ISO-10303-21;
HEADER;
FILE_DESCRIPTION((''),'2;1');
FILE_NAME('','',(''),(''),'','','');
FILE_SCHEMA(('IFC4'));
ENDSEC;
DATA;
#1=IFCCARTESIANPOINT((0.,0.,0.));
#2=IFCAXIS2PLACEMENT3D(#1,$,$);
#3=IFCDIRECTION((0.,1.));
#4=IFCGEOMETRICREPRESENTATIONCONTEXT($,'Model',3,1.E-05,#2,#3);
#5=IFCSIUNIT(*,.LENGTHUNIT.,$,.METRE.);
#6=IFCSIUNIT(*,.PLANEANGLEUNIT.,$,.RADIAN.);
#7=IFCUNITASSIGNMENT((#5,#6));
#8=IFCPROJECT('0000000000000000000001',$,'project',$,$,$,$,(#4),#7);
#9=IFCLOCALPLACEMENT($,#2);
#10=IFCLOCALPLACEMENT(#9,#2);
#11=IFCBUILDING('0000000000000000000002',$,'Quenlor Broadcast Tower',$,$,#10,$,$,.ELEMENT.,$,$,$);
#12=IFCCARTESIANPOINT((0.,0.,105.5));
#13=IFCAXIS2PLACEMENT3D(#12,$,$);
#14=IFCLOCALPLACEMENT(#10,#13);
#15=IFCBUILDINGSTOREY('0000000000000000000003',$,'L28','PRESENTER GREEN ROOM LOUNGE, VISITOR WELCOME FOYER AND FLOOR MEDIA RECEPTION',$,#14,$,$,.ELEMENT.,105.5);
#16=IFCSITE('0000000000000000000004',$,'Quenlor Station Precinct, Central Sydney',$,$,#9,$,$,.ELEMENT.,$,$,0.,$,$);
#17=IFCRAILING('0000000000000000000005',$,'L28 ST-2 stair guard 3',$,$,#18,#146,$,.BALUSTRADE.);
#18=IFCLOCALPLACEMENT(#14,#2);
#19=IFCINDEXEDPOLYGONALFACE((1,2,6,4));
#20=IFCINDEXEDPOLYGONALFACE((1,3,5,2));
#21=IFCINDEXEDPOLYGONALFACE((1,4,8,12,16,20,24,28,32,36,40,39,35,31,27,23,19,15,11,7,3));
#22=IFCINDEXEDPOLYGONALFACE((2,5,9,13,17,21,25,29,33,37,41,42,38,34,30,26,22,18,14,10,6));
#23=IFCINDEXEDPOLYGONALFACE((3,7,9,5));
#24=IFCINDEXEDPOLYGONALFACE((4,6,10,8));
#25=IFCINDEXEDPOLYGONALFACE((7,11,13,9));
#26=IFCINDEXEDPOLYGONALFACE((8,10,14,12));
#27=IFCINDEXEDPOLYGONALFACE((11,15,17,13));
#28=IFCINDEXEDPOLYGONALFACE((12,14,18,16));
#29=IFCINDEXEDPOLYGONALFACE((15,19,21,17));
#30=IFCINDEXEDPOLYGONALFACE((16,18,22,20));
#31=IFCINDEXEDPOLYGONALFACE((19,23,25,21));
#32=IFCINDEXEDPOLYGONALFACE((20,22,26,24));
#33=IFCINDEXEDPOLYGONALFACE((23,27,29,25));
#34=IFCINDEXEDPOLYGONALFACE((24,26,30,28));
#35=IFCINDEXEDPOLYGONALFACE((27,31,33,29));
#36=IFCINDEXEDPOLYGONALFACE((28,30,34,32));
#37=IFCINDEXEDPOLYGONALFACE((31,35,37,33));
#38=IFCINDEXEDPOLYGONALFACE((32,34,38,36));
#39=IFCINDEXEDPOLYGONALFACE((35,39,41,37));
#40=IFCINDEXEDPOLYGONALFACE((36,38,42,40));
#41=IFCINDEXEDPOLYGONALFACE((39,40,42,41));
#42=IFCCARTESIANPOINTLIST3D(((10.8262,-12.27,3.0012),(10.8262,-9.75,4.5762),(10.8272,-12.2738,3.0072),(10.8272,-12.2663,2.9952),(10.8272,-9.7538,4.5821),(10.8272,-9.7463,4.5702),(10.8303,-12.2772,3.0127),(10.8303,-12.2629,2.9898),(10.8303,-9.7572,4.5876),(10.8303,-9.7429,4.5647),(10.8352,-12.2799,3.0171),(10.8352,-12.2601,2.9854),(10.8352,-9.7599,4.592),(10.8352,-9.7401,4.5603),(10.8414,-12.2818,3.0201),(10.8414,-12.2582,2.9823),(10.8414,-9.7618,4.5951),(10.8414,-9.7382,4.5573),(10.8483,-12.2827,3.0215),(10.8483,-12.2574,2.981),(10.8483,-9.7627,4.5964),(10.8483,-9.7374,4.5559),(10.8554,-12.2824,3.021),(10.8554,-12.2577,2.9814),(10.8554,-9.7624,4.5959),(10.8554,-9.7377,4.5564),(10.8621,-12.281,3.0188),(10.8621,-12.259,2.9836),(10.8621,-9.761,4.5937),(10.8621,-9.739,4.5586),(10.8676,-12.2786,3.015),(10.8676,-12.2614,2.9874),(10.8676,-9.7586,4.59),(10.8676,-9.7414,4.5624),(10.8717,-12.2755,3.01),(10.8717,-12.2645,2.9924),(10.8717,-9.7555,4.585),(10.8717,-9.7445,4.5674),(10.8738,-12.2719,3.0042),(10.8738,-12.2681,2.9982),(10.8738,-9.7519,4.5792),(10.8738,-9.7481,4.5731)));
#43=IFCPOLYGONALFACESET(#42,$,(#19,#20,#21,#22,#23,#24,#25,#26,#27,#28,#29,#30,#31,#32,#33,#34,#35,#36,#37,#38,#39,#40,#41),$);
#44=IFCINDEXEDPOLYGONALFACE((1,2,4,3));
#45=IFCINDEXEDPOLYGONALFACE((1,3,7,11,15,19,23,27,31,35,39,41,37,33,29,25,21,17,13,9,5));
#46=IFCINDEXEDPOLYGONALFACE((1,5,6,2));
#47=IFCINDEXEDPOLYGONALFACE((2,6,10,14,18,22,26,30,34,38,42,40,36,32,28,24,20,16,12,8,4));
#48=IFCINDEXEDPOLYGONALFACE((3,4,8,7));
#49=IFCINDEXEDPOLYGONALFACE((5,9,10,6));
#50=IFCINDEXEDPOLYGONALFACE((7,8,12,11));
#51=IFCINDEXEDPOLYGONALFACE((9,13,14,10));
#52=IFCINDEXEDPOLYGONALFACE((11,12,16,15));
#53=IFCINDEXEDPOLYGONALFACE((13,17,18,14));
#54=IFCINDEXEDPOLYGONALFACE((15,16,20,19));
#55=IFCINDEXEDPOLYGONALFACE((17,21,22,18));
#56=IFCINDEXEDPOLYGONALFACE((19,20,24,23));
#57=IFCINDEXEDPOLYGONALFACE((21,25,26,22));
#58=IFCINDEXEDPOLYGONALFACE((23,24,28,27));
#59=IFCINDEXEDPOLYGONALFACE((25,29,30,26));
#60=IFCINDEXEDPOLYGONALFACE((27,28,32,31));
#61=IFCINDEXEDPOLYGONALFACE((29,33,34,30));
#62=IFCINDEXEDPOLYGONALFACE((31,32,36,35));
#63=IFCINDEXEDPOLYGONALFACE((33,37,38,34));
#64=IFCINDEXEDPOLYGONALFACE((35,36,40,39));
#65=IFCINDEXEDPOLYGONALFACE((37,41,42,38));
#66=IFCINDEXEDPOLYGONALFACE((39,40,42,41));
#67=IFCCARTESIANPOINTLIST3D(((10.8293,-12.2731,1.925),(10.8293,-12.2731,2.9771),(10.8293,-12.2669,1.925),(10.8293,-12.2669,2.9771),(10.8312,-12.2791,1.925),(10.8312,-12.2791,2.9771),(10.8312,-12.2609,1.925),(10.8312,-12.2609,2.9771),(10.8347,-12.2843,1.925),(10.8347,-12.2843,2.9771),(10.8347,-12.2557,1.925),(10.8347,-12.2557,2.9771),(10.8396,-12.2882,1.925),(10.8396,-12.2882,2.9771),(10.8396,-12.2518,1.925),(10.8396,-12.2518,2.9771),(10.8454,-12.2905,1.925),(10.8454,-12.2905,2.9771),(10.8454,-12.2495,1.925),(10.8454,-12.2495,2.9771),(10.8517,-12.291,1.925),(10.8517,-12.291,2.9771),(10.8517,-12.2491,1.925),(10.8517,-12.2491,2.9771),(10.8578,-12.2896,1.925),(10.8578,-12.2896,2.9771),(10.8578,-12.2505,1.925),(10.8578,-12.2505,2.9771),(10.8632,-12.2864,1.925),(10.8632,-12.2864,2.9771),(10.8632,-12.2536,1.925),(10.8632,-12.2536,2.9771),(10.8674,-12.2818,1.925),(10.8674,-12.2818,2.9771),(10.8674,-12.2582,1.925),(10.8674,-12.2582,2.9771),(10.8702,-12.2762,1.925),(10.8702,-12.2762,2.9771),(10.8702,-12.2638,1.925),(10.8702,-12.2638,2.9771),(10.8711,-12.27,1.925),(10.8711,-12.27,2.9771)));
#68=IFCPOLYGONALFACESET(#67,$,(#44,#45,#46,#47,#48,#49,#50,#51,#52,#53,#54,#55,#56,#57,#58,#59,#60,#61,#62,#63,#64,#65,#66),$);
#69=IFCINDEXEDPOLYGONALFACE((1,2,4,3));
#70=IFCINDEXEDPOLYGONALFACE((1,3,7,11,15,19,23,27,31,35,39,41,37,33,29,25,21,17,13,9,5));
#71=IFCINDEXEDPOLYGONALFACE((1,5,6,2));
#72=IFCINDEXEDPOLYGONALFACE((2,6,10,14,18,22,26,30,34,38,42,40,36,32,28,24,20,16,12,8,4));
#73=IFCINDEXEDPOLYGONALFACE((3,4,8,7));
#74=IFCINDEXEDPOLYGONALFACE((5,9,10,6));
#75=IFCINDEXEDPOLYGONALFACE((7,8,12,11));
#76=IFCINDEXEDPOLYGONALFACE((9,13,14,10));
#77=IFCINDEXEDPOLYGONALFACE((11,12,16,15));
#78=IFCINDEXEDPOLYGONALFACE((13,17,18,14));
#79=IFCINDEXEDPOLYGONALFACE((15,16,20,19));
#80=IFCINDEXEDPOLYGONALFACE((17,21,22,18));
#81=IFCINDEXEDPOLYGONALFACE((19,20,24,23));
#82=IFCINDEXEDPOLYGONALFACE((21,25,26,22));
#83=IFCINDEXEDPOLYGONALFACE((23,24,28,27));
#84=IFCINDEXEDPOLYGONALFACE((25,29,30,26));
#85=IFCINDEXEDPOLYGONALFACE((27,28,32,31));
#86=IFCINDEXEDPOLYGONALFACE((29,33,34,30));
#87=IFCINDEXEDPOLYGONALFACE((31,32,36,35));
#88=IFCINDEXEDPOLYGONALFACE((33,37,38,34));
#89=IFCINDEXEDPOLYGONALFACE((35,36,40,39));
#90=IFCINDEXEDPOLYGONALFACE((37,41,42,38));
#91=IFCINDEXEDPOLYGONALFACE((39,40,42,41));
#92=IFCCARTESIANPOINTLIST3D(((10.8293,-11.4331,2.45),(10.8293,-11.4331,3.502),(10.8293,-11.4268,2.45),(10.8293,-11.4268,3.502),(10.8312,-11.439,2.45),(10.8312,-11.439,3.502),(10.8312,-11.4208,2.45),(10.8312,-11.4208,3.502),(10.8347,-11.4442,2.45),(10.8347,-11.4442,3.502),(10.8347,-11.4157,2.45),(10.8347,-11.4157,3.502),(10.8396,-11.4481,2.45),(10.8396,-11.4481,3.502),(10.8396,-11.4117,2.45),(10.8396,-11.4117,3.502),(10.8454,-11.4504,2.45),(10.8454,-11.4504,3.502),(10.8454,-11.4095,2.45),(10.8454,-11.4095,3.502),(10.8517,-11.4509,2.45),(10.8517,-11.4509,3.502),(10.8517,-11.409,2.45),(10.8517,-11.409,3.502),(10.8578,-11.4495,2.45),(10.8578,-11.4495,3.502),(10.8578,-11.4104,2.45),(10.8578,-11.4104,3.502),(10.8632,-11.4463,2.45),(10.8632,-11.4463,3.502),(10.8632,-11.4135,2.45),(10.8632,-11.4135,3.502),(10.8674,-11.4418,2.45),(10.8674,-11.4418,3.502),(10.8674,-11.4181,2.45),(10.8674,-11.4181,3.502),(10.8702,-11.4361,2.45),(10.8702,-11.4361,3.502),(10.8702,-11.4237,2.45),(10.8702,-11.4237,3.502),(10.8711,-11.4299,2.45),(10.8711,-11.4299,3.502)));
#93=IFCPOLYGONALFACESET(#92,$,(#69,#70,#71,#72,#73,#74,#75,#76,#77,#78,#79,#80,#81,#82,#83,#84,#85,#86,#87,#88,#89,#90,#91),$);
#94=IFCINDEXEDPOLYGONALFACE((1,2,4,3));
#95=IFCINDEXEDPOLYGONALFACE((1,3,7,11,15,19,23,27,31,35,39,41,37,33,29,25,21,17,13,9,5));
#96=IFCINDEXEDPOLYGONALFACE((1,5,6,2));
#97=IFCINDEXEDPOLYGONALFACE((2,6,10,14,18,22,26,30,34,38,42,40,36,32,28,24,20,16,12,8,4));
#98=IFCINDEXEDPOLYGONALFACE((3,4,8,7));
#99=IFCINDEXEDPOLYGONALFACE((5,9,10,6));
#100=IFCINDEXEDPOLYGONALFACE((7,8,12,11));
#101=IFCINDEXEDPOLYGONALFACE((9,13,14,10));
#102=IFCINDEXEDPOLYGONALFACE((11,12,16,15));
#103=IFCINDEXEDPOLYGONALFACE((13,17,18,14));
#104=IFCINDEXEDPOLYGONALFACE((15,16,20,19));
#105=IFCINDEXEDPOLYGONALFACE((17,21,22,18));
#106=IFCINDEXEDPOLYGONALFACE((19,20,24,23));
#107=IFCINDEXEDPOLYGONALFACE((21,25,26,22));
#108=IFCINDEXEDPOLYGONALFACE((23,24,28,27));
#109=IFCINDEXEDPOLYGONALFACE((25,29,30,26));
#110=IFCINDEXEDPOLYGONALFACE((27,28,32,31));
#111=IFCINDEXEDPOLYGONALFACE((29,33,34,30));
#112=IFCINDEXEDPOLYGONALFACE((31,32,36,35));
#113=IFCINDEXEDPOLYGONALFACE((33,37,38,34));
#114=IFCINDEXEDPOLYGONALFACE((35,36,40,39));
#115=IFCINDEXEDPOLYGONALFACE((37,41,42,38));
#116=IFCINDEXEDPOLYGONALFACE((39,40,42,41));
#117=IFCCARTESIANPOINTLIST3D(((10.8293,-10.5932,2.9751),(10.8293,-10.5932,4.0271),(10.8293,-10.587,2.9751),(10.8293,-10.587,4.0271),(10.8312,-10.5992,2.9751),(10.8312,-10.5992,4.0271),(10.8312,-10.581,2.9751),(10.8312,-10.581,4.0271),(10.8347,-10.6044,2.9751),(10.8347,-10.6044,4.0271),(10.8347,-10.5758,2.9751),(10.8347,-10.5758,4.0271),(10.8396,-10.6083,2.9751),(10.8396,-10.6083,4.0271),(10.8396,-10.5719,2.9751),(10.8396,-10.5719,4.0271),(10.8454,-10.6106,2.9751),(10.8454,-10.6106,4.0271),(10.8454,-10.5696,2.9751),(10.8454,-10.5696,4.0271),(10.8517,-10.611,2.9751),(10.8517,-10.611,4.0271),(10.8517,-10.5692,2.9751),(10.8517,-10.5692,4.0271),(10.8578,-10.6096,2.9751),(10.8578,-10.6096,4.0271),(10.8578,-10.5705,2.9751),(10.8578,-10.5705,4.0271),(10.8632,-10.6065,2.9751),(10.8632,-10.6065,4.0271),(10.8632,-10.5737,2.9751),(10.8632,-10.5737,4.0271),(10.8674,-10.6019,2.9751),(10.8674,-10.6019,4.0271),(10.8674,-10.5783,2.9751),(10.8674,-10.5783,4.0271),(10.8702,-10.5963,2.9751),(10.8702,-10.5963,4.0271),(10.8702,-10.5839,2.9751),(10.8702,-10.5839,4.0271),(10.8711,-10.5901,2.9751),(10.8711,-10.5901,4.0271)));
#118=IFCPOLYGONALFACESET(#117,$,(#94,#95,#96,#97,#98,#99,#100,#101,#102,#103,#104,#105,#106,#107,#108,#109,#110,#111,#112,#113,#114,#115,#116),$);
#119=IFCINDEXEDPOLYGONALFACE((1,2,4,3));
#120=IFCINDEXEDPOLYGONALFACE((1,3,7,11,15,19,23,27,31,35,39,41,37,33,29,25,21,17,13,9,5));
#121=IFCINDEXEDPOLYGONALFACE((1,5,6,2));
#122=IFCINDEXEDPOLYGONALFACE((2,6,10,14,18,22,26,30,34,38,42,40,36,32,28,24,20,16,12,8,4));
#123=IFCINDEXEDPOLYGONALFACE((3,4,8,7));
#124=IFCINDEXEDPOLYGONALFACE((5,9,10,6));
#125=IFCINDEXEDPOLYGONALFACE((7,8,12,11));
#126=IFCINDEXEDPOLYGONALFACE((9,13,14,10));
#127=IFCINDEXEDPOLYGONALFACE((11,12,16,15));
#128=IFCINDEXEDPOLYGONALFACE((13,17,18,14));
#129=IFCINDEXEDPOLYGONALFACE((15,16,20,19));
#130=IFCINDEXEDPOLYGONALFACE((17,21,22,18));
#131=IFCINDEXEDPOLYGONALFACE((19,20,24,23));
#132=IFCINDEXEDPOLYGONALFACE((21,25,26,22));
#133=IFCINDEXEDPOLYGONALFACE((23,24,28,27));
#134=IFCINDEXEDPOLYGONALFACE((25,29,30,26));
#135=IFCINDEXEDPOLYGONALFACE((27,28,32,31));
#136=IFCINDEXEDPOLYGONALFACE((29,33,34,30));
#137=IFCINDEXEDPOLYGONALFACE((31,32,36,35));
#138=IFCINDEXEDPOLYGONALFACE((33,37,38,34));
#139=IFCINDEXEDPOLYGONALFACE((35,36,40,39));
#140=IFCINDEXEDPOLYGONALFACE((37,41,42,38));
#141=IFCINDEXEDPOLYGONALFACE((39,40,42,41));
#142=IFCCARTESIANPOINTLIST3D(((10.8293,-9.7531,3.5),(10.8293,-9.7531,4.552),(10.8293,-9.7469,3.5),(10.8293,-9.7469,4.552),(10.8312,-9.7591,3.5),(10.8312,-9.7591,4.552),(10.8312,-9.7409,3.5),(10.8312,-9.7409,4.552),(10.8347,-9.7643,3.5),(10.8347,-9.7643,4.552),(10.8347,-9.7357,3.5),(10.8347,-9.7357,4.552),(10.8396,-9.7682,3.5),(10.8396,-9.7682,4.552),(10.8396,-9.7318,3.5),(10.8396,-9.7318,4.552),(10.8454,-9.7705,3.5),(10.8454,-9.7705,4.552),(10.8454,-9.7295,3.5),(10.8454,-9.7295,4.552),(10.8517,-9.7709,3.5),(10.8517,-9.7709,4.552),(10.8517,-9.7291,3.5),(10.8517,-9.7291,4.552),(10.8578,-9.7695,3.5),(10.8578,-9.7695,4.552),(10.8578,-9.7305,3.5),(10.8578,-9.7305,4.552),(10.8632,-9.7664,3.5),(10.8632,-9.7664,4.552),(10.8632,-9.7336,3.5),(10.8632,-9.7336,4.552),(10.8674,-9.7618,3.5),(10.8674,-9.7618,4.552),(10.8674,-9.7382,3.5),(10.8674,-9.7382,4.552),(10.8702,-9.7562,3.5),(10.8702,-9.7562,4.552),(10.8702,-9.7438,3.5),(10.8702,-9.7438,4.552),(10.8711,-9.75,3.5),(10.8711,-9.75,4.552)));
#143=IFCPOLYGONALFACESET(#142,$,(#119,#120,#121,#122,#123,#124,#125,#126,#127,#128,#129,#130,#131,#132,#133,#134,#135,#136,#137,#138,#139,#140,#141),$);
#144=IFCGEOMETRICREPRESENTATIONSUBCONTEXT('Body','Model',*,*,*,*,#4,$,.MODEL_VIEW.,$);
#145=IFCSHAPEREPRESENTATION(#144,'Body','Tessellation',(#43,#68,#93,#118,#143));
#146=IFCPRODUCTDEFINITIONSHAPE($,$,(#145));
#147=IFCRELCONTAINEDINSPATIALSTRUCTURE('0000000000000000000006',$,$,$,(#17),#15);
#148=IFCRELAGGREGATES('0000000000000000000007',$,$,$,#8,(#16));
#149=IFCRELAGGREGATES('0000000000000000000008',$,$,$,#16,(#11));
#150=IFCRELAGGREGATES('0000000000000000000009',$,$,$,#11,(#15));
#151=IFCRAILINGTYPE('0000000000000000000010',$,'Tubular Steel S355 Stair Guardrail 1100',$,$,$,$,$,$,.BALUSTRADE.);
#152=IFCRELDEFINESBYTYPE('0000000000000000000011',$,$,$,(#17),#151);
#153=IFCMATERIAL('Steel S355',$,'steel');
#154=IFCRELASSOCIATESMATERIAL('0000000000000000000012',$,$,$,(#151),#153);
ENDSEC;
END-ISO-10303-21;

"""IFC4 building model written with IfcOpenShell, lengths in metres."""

from ifc_helpers import new_model, si_unit, direction, frame, origin, origin_2d, place, context, subcontext, project, spatial, circle, extrude, material, type_object, element, save


model = new_model("IFC4")

# Units and contexts
model_context = context("Model", 3, precision=1e-05, world=origin(), true_north=direction((0.0, 1.0)))
body_context = subcontext(model_context, "Body", "Model", "MODEL_VIEW")
ifc_project = project(units=[si_unit("LENGTHUNIT", "METRE"), si_unit("PLANEANGLEUNIT", "RADIAN")], contexts=[model_context])

# Site, building, storey
site_placement = place(None, origin())
site = spatial("IfcSite", under=ifc_project, at=site_placement, Name="Quenlor Station Precinct, Central Sydney", CompositionType="ELEMENT", RefElevation=0.0)
building_placement = place(site_placement, origin())
building = spatial("IfcBuilding", under=site, at=building_placement, Name="Quenlor Broadcast Tower", CompositionType="ELEMENT")
storey_placement = place(building_placement, frame((0.0, 0.0, 105.5)))
storey = spatial("IfcBuildingStorey", under=building, at=storey_placement, Name="L28", Description="PRESENTER GREEN ROOM LOUNGE, VISITOR WELCOME FOYER AND FLOOR MEDIA RECEPTION", CompositionType="ELEMENT", Elevation=105.5)

# Railing
ifc_material_1 = material(Name="Steel S355", Category="steel")
railing_type_1 = type_object("IfcRailingType", Name="Tubular Steel S355 Stair Guardrail 1100", PredefinedType="BALUSTRADE", material=ifc_material_1)
railing_1_placement = place(storey_placement, frame((10.8501, -12.27, 1.925)))
element("IfcRailing", 1, at=railing_1_placement, inside=storey, type_object=railing_type_1, Name="L28 ST-2 stair guard 3", PredefinedType="BALUSTRADE", context=body_context, shape_type="SweptSolid", body=[
    extrude(circle(Radius=0.0239, at=origin_2d()), frame((0.0, 0.0, 1.0762), z_axis=(0.0, 0.848008, 0.529984), x_axis=(-1.0, 0.0, 0.0)), (0.0, 0.0, 1.0), 2.9717),
    extrude(circle(Radius=0.021, at=origin_2d()), origin(), (0.0, 0.0, 1.0), 1.052),
    extrude(circle(Radius=0.021, at=origin_2d()), frame((0.0, 0.8401, 0.5249)), (0.0, 0.0, 1.0), 1.052),
    extrude(circle(Radius=0.021, at=origin_2d()), frame((0.0, 1.6799, 1.05)), (0.0, 0.0, 1.0), 1.052),
    extrude(circle(Radius=0.021, at=origin_2d()), frame((0.0, 2.52, 1.575)), (0.0, 0.0, 1.0), 1.052),
])

save(model, "model.ifc")
